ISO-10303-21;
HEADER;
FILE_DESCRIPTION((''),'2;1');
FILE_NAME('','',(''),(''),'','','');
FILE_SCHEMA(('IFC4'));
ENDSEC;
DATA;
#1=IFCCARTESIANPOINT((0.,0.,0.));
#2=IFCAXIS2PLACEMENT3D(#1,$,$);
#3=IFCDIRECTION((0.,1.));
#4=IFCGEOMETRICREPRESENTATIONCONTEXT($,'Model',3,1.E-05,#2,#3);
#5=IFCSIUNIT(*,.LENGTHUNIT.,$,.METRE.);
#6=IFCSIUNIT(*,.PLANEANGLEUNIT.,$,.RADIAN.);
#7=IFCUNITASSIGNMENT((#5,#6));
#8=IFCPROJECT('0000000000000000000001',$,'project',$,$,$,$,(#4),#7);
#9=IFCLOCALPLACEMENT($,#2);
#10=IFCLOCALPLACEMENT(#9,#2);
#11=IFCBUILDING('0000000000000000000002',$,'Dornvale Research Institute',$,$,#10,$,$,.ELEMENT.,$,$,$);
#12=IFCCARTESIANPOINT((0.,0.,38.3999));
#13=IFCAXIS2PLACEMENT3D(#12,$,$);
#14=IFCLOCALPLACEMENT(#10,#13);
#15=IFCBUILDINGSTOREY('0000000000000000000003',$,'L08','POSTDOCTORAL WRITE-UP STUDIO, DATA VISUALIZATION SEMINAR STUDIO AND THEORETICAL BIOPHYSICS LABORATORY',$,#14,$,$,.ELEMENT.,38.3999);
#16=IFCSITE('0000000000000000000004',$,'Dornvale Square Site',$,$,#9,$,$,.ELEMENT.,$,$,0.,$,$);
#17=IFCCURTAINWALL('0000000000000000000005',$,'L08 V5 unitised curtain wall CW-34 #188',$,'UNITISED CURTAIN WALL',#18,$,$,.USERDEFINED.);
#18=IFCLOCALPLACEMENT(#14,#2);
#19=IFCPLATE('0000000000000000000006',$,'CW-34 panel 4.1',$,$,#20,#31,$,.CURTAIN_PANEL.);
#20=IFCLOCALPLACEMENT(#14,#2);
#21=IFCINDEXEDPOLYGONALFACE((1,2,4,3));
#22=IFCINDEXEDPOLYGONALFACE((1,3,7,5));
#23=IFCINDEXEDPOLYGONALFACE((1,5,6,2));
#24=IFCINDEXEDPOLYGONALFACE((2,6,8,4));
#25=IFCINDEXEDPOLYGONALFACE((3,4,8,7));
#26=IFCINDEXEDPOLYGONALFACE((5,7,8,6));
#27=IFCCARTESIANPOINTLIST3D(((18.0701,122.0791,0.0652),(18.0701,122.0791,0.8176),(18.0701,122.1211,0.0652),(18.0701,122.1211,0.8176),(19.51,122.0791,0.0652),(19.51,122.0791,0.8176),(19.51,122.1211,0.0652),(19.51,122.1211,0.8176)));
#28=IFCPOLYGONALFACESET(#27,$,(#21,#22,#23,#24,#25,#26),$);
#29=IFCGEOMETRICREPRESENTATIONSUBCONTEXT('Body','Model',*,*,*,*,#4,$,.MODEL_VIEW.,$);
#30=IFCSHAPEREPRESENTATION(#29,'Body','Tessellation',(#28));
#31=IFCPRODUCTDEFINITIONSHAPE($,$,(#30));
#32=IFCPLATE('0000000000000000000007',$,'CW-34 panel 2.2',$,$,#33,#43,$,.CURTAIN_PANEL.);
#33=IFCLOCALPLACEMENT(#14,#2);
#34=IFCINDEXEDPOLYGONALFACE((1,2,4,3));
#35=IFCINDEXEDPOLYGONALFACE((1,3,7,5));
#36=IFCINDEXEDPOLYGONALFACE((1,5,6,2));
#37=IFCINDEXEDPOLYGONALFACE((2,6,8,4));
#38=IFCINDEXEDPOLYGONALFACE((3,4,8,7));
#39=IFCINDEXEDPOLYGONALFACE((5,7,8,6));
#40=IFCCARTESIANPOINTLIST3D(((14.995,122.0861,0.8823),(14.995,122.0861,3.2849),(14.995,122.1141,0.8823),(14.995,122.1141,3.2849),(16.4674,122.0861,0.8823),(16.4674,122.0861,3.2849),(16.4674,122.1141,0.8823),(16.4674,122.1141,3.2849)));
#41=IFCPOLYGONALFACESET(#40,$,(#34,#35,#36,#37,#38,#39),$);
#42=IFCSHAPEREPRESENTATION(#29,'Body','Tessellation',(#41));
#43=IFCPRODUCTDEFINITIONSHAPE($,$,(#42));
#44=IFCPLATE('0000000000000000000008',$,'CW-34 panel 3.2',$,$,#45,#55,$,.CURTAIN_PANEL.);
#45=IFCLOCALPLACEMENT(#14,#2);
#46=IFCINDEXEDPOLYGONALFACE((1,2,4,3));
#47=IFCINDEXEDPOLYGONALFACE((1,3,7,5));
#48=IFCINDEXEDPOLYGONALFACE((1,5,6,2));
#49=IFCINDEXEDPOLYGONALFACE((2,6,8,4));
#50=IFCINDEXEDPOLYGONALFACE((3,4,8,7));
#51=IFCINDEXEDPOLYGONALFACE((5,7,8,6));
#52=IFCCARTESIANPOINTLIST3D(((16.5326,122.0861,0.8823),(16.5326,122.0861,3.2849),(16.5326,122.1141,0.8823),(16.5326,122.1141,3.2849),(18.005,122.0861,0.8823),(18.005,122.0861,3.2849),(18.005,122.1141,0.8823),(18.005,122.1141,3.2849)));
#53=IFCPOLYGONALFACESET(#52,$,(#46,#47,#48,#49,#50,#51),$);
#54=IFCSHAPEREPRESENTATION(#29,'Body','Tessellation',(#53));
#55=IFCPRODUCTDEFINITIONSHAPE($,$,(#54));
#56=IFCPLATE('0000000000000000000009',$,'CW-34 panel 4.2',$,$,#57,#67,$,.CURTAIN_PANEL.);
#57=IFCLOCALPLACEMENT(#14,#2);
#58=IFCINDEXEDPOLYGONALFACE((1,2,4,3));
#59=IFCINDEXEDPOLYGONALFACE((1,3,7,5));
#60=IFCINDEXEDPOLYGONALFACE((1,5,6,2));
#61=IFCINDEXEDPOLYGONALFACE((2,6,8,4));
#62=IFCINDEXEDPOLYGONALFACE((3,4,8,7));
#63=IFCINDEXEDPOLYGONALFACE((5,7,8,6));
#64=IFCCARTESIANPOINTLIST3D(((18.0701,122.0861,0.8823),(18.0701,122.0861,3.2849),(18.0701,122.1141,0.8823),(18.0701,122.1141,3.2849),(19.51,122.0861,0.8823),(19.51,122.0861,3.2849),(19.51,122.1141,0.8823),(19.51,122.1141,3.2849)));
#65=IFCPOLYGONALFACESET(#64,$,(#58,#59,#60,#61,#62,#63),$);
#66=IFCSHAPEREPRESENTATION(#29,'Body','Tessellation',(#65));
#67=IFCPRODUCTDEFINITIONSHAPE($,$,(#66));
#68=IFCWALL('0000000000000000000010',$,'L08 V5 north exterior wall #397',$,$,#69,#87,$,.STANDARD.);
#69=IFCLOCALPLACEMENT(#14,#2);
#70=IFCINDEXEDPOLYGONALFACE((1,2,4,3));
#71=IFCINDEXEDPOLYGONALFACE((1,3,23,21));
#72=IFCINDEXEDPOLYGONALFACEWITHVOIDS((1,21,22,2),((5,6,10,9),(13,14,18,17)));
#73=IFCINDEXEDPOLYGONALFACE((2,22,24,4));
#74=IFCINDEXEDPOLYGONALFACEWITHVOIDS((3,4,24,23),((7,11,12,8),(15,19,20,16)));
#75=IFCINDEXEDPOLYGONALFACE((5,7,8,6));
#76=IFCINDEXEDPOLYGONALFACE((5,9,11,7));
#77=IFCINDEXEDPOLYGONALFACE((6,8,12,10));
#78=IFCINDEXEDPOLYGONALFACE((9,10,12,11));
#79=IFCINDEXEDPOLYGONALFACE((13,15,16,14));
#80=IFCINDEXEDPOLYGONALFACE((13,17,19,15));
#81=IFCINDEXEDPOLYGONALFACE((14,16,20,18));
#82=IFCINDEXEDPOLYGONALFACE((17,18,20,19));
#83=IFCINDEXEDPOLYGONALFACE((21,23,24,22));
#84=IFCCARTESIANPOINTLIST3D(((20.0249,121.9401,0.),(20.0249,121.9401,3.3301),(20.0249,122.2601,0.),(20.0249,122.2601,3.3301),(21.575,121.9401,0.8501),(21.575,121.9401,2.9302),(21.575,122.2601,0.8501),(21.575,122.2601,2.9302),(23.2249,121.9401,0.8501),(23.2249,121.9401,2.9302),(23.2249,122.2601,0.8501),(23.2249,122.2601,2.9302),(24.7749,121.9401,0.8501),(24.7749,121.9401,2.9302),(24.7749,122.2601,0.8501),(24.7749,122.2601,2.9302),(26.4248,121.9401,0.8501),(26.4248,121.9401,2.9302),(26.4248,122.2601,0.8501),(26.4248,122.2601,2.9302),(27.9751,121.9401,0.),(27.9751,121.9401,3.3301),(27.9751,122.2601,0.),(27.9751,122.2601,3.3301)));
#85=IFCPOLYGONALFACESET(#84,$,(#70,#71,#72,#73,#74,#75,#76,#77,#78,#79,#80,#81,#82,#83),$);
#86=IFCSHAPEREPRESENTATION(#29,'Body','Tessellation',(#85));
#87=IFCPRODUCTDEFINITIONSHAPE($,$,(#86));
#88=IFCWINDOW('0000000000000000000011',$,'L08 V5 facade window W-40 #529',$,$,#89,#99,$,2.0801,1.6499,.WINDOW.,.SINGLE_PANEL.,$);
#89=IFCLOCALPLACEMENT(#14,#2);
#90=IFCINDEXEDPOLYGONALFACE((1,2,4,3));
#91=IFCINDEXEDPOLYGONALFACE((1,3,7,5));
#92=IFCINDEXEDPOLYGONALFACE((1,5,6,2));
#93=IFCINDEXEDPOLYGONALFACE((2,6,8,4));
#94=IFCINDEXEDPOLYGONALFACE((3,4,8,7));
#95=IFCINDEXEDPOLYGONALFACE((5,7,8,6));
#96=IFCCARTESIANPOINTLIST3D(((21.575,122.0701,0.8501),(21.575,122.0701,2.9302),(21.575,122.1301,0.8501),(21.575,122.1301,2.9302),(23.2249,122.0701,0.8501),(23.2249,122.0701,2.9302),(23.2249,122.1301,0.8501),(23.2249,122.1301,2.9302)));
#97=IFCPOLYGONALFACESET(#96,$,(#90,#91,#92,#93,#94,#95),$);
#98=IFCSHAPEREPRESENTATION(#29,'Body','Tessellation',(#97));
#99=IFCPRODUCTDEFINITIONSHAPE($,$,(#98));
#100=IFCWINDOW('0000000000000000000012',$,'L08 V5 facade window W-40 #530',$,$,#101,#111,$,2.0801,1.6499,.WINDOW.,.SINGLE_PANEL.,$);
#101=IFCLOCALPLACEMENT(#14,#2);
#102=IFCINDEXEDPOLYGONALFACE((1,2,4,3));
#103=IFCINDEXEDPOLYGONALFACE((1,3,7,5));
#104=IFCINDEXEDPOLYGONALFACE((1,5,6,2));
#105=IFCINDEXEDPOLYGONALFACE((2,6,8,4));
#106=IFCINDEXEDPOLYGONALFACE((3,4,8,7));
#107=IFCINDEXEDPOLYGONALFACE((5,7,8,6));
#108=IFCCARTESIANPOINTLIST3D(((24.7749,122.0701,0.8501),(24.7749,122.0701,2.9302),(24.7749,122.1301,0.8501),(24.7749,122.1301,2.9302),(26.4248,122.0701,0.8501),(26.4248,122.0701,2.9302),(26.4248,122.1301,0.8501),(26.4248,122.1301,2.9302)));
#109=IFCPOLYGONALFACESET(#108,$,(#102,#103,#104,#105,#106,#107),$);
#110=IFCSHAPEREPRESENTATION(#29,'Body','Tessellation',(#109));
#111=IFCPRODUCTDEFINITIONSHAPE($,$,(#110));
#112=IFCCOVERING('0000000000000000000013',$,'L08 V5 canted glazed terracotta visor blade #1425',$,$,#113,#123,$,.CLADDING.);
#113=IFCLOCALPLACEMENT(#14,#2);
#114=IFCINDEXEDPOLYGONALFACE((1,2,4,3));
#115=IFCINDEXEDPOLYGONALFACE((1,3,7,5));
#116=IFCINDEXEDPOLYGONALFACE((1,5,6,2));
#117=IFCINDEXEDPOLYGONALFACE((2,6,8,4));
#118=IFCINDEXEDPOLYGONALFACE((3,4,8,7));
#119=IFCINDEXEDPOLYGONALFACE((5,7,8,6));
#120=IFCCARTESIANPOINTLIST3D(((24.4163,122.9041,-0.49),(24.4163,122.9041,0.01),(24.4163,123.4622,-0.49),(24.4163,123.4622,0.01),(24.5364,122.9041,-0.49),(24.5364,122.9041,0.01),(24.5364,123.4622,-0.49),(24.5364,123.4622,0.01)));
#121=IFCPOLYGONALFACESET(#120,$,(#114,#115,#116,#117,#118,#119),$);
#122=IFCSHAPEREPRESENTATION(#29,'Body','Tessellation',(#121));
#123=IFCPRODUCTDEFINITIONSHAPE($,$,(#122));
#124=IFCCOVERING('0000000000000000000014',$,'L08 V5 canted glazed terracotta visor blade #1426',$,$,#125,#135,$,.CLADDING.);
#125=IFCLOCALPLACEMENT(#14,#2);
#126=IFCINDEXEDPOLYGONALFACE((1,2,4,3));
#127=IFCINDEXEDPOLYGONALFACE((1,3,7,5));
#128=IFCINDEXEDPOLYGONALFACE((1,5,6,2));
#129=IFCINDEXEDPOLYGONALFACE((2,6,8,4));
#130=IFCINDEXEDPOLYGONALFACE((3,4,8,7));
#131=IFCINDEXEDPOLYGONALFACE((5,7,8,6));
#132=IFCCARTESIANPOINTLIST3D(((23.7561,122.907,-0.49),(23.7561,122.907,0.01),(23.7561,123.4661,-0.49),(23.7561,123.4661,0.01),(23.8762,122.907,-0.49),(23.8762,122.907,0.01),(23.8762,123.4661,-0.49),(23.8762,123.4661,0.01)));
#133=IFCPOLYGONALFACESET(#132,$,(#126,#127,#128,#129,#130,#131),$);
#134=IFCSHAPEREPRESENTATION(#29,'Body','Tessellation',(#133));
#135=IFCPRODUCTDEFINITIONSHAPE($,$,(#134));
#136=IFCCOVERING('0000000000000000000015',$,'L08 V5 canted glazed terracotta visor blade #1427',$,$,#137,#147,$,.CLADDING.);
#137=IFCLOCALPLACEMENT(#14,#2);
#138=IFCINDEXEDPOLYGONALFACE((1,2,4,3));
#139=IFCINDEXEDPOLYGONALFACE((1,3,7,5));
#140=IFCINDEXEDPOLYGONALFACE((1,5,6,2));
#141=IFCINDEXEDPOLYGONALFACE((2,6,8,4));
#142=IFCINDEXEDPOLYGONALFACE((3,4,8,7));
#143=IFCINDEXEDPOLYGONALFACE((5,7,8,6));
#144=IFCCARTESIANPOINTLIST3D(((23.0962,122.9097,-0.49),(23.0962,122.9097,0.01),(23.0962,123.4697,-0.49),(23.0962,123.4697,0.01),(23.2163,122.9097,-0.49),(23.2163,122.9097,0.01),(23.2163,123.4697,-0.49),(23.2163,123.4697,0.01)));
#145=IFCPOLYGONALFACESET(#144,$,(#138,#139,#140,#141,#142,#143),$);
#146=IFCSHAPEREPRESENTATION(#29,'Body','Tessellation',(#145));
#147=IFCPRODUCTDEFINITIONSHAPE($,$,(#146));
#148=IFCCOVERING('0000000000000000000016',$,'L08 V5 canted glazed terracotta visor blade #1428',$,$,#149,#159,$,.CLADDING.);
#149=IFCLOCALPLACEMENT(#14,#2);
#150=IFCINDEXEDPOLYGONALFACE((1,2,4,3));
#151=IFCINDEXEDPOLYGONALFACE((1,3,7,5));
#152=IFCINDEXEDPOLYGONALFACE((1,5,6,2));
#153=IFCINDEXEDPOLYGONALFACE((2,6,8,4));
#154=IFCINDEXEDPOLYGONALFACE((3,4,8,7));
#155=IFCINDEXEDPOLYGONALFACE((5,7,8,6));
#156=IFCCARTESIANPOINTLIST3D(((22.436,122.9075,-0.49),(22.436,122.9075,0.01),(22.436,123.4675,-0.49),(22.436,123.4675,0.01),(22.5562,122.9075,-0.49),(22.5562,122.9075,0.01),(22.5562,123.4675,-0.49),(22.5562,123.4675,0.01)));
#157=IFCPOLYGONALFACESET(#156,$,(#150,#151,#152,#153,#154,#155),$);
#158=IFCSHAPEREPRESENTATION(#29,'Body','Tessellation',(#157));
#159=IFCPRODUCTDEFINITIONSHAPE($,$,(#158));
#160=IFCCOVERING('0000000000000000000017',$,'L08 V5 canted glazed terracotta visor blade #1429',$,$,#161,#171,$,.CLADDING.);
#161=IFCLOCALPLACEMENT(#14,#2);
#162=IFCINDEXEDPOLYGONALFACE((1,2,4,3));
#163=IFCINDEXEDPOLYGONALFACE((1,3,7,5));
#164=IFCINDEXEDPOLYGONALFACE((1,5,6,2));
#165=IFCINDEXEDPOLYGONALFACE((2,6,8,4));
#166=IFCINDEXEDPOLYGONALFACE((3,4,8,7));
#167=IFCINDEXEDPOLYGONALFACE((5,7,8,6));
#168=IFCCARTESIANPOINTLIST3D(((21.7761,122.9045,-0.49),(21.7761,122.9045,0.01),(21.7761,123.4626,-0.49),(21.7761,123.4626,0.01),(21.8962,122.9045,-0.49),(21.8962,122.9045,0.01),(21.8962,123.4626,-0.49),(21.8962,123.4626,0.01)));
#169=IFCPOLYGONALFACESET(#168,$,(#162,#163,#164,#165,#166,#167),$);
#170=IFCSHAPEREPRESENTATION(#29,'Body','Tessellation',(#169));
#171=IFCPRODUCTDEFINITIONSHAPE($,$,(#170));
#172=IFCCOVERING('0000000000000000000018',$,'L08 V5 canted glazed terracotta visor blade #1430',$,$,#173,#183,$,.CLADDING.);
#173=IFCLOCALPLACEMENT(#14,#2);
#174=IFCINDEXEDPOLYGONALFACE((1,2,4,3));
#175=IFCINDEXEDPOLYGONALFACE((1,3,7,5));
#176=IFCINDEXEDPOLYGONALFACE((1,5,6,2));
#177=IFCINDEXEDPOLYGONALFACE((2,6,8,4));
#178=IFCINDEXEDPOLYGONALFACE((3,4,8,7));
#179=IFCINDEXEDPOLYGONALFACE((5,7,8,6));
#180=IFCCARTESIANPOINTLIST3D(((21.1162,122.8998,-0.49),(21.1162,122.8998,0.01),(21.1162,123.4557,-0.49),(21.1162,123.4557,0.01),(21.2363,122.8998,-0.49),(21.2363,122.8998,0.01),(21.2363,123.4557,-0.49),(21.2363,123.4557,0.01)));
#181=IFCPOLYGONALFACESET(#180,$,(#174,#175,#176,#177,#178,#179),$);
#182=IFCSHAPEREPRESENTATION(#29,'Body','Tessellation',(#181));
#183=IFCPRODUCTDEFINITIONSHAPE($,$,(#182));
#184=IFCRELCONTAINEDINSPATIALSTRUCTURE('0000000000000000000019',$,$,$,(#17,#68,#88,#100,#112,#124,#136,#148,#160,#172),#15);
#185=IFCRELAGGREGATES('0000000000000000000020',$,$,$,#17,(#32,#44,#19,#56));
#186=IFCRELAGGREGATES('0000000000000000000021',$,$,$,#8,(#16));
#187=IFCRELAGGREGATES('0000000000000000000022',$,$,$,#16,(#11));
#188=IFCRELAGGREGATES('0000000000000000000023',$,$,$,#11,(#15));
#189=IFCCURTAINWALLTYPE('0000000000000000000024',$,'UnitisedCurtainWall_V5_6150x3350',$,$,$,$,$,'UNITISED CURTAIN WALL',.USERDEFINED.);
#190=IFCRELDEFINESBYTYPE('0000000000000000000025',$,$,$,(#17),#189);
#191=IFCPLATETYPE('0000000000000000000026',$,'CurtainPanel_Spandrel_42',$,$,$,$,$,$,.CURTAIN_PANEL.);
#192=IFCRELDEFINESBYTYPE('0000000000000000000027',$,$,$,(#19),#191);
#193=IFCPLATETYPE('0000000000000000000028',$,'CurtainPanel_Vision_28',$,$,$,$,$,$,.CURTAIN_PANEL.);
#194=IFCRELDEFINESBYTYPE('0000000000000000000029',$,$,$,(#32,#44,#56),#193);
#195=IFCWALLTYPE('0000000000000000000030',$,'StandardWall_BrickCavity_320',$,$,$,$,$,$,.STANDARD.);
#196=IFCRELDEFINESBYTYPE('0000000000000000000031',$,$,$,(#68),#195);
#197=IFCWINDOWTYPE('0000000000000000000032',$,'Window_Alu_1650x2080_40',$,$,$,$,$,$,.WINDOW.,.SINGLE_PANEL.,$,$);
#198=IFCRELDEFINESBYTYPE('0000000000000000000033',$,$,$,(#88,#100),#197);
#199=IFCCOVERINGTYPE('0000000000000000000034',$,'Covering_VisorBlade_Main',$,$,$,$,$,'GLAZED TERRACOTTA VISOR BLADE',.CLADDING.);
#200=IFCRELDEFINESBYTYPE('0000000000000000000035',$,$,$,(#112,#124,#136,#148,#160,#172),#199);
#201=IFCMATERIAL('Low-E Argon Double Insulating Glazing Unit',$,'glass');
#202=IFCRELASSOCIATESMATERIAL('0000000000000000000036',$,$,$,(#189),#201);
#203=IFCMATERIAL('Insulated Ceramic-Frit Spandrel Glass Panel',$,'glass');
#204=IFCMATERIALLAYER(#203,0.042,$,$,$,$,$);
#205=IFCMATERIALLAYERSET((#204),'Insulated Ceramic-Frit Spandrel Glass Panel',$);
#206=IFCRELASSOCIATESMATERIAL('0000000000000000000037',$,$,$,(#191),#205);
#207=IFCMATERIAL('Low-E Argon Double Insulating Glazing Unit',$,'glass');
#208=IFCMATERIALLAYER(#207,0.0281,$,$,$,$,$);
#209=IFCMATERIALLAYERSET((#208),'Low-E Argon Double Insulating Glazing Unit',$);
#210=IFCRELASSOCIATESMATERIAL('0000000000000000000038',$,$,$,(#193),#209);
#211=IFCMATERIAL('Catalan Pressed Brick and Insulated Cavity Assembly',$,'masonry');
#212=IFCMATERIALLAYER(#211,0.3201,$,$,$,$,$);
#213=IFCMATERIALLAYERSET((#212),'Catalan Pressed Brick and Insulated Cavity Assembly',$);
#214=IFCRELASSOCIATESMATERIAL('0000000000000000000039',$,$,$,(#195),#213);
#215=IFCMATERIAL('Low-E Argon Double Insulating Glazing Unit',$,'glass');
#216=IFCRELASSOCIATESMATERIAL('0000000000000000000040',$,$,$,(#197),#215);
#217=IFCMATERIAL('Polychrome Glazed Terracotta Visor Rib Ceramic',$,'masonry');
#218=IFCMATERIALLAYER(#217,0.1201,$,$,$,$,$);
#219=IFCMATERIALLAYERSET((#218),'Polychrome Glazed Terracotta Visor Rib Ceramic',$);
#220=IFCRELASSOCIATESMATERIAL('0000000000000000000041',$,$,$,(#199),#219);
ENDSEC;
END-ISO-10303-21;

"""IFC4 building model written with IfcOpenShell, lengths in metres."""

from ifc_helpers import new_model, si_unit, direction, frame, frame_2d, origin, origin_2d, place, context, subcontext, project, spatial, rectangle, extrude, material, layer, layer_set, type_object, element, fill, aggregate, save


model = new_model("IFC4")

# Units and contexts
model_context = context("Model", 3, precision=1e-05, world=origin(), true_north=direction((0.0, 1.0)))
body_context = subcontext(model_context, "Body", "Model", "MODEL_VIEW")
ifc_project = project(units=[si_unit("LENGTHUNIT", "METRE"), si_unit("PLANEANGLEUNIT", "RADIAN")], contexts=[model_context])

# Site, building, storey
site_placement = place(None, origin())
site = spatial("IfcSite", under=ifc_project, at=site_placement, Name="Dornvale Square Site", CompositionType="ELEMENT", RefElevation=0.0)
building_placement = place(site_placement, origin())
building = spatial("IfcBuilding", under=site, at=building_placement, Name="Dornvale Research Institute", CompositionType="ELEMENT")
storey_placement = place(building_placement, frame((0.0, 0.0, 38.3999)))
storey = spatial("IfcBuildingStorey", under=building, at=storey_placement, Name="L08", Description="POSTDOCTORAL WRITE-UP STUDIO, DATA VISUALIZATION SEMINAR STUDIO AND THEORETICAL BIOPHYSICS LABORATORY", CompositionType="ELEMENT", Elevation=38.3999)

# Curtain wall
ifc_material_1 = material(Name="Low-E Argon Double Insulating Glazing Unit", Category="glass")
curtain_wall_type = type_object("IfcCurtainWallType", Name="UnitisedCurtainWall_V5_6150x3350", ElementType="UNITISED CURTAIN WALL", PredefinedType="USERDEFINED", material=ifc_material_1)
curtain_wall_placement = place(storey_placement, origin())
curtain_wall = element("IfcCurtainWall", 1, at=curtain_wall_placement, inside=storey, type_object=curtain_wall_type, Name="L08 V5 unitised curtain wall CW-34 #188", ObjectType="UNITISED CURTAIN WALL", PredefinedType="USERDEFINED")

# Plates
ifc_material_2 = material(Name="Insulated Ceramic-Frit Spandrel Glass Panel", Category="glass")
ifc_layer_1 = layer(ifc_material_2, 0.042)
ifc_layer_set_1 = layer_set([ifc_layer_1], Name="Insulated Ceramic-Frit Spandrel Glass Panel")
plate_type_1 = type_object("IfcPlateType", Name="CurtainPanel_Spandrel_42", PredefinedType="CURTAIN_PANEL", material=ifc_layer_set_1)
plate_1_placement = place(storey_placement, frame((18.79, 122.1001, 0.0652), z_axis=(0.0, 0.0, 1.0), x_axis=(1.0, 0.0, 0.0)))
plate_1 = element("IfcPlate", 2, at=plate_1_placement, type_object=plate_type_1, Name="CW-34 panel 4.1", PredefinedType="CURTAIN_PANEL", context=body_context, shape_type="SweptSolid", body=[
    extrude(rectangle(XDim=1.4399, YDim=0.042, at=origin_2d()), origin(), (0.0, 0.0, 1.0), 0.7524),
])
ifc_material_3 = material(Name="Low-E Argon Double Insulating Glazing Unit", Category="glass")
ifc_layer_2 = layer(ifc_material_3, 0.0281)
ifc_layer_set_2 = layer_set([ifc_layer_2], Name="Low-E Argon Double Insulating Glazing Unit")
plate_type_2 = type_object("IfcPlateType", Name="CurtainPanel_Vision_28", PredefinedType="CURTAIN_PANEL", material=ifc_layer_set_2)
plate_2_placement = place(storey_placement, frame((15.7312, 122.1001, 0.8823), z_axis=(0.0, 0.0, 1.0), x_axis=(1.0, 0.0, 0.0)))
plate_2 = element("IfcPlate", 3, at=plate_2_placement, type_object=plate_type_2, Name="CW-34 panel 2.2", PredefinedType="CURTAIN_PANEL", context=body_context, shape_type="SweptSolid", body=[
    extrude(rectangle(XDim=1.4724, YDim=0.0281, at=origin_2d()), origin(), (0.0, 0.0, 1.0), 2.4026),
])
plate_3_placement = place(storey_placement, frame((17.2688, 122.1001, 0.8823), z_axis=(0.0, 0.0, 1.0), x_axis=(1.0, 0.0, 0.0)))
plate_3 = element("IfcPlate", 4, at=plate_3_placement, type_object=plate_type_2, Name="CW-34 panel 3.2", PredefinedType="CURTAIN_PANEL", context=body_context, shape_type="SweptSolid", body=[
    extrude(rectangle(XDim=1.4724, YDim=0.0281, at=origin_2d()), origin(), (0.0, 0.0, 1.0), 2.4026),
])
plate_4_placement = place(storey_placement, frame((18.79, 122.1001, 0.8823), z_axis=(0.0, 0.0, 1.0), x_axis=(1.0, 0.0, 0.0)))
plate_4 = element("IfcPlate", 5, at=plate_4_placement, type_object=plate_type_2, Name="CW-34 panel 4.2", PredefinedType="CURTAIN_PANEL", context=body_context, shape_type="SweptSolid", body=[
    extrude(rectangle(XDim=1.4399, YDim=0.0281, at=origin_2d()), origin(), (0.0, 0.0, 1.0), 2.4026),
])
aggregate(curtain_wall, [plate_2, plate_3, plate_1, plate_4])

# Wall, openings, windows
ifc_material_4 = material(Name="Catalan Pressed Brick and Insulated Cavity Assembly", Category="masonry")
ifc_layer_3 = layer(ifc_material_4, 0.3201)
ifc_layer_set_3 = layer_set([ifc_layer_3], Name="Catalan Pressed Brick and Insulated Cavity Assembly")
wall_type = type_object("IfcWallType", Name="StandardWall_BrickCavity_320", PredefinedType="STANDARD", material=ifc_layer_set_3)
wall_placement = place(storey_placement, frame((20.0249, 122.1001, 0.0), z_axis=(0.0, 0.0, 1.0), x_axis=(1.0, 0.0, 0.0)))
wall = element("IfcWall", 6, at=wall_placement, inside=storey, type_object=wall_type, Name="L08 V5 north exterior wall #397", PredefinedType="STANDARD", context=body_context, shape_type="SweptSolid", body=[
    extrude(rectangle(XDim=7.9502, YDim=0.3201, at=frame_2d((3.9751, 0.0))), origin(), (0.0, 0.0, 1.0), 3.3301),
])
opening_1_placement = place(wall_placement, frame((1.55, 0.0, 0.8501)))
opening_1 = element("IfcOpeningElement", 7, at=opening_1_placement, cuts=wall, PredefinedType="OPENING", context=body_context, shape_type="SweptSolid", body=[
    extrude(rectangle(XDim=1.6499, YDim=2.0801, at=frame_2d((0.825, 1.04))), frame((0.0, 0.175, 0.0), z_axis=(0.0, -1.0, 0.0), x_axis=(1.0, 0.0, 0.0)), (0.0, 0.0, 1.0), 0.3501),
])
opening_2_placement = place(wall_placement, frame((4.75, 0.0, 0.8501)))
opening_2 = element("IfcOpeningElement", 8, at=opening_2_placement, cuts=wall, PredefinedType="OPENING", context=body_context, shape_type="SweptSolid", body=[
    extrude(rectangle(XDim=1.6499, YDim=2.0801, at=frame_2d((0.825, 1.04))), frame((0.0, 0.175, 0.0), z_axis=(0.0, -1.0, 0.0), x_axis=(1.0, 0.0, 0.0)), (0.0, 0.0, 1.0), 0.3501),
])
ifc_material_5 = material(Name="Low-E Argon Double Insulating Glazing Unit", Category="glass")
window_type = type_object("IfcWindowType", Name="Window_Alu_1650x2080_40", PartitioningType="SINGLE_PANEL", PredefinedType="WINDOW", material=ifc_material_5)
window_1_placement = place(opening_1_placement, origin())
window_1 = element("IfcWindow", 9, at=window_1_placement, inside=storey, type_object=window_type, Name="L08 V5 facade window W-40 #529", OverallHeight=2.0801, OverallWidth=1.6499, PartitioningType="SINGLE_PANEL", PredefinedType="WINDOW", context=body_context, shape_type="SweptSolid", body=[
    extrude(rectangle(XDim=1.6499, YDim=2.0801, at=frame_2d((0.825, 1.04))), frame((0.0, 0.03, 0.0), z_axis=(0.0, -1.0, 0.0), x_axis=(1.0, 0.0, 0.0)), (0.0, 0.0, 1.0), 0.0601),
])
fill(opening_1, window_1)
window_2_placement = place(opening_2_placement, origin())
window_2 = element("IfcWindow", 10, at=window_2_placement, inside=storey, type_object=window_type, Name="L08 V5 facade window W-40 #530", OverallHeight=2.0801, OverallWidth=1.6499, PartitioningType="SINGLE_PANEL", PredefinedType="WINDOW", context=body_context, shape_type="SweptSolid", body=[
    extrude(rectangle(XDim=1.6499, YDim=2.0801, at=frame_2d((0.825, 1.04))), frame((0.0, 0.03, 0.0), z_axis=(0.0, -1.0, 0.0), x_axis=(1.0, 0.0, 0.0)), (0.0, 0.0, 1.0), 0.0601),
])
fill(opening_2, window_2)

# Coverings
ifc_material_6 = material(Name="Polychrome Glazed Terracotta Visor Rib Ceramic", Category="masonry")
ifc_layer_4 = layer(ifc_material_6, 0.1201)
ifc_layer_set_4 = layer_set([ifc_layer_4], Name="Polychrome Glazed Terracotta Visor Rib Ceramic")
covering_type = type_object("IfcCoveringType", Name="Covering_VisorBlade_Main", ElementType="GLAZED TERRACOTTA VISOR BLADE", PredefinedType="CLADDING", material=ifc_layer_set_4)
covering_1_placement = place(storey_placement, frame((24.4763, 123.1831, -0.49), z_axis=(0.0, 0.0, 1.0), x_axis=(0.0, 1.0, 0.0)))
element("IfcCovering", 11, at=covering_1_placement, inside=storey, type_object=covering_type, Name="L08 V5 canted glazed terracotta visor blade #1425", PredefinedType="CLADDING", context=body_context, shape_type="SweptSolid", body=[
    extrude(rectangle(XDim=0.5581, YDim=0.1201, at=origin_2d()), origin(), (0.0, 0.0, 1.0), 0.5),
])
covering_2_placement = place(storey_placement, frame((23.8162, 123.1865, -0.49), z_axis=(0.0, 0.0, 1.0), x_axis=(0.0, 1.0, 0.0)))
element("IfcCovering", 12, at=covering_2_placement, inside=storey, type_object=covering_type, Name="L08 V5 canted glazed terracotta visor blade #1426", PredefinedType="CLADDING", context=body_context, shape_type="SweptSolid", body=[
    extrude(rectangle(XDim=0.5591, YDim=0.1201, at=origin_2d()), origin(), (0.0, 0.0, 1.0), 0.5),
])
for number, where, z_axis, x_axis, name in (
    (13, (23.1562, 123.1897, -0.49), (0.0, 0.0, 1.0), (0.0, 1.0, 0.0), "L08 V5 canted glazed terracotta visor blade #1427"),
    (14, (22.4961, 123.1875, -0.49), (0.0, 0.0, 1.0), (0.0, 1.0, 0.0), "L08 V5 canted glazed terracotta visor blade #1428"),
):
    element("IfcCovering", number, at=place(storey_placement, frame(where, z_axis=z_axis, x_axis=x_axis)), inside=storey, type_object=covering_type, Name=name, PredefinedType="CLADDING", context=body_context, shape_type="SweptSolid", body=[
        extrude(rectangle(XDim=0.5601, YDim=0.1201, at=origin_2d()), origin(), (0.0, 0.0, 1.0), 0.5),
    ])
covering_3_placement = place(storey_placement, frame((21.8362, 123.1836, -0.49), z_axis=(0.0, 0.0, 1.0), x_axis=(0.0, 1.0, 0.0)))
element("IfcCovering", 15, at=covering_3_placement, inside=storey, type_object=covering_type, Name="L08 V5 canted glazed terracotta visor blade #1429", PredefinedType="CLADDING", context=body_context, shape_type="SweptSolid", body=[
    extrude(rectangle(XDim=0.5581, YDim=0.1201, at=origin_2d()), origin(), (0.0, 0.0, 1.0), 0.5),
])
covering_4_placement = place(storey_placement, frame((21.1763, 123.1777, -0.49), z_axis=(0.0, 0.0, 1.0), x_axis=(0.0, 1.0, 0.0)))
element("IfcCovering", 16, at=covering_4_placement, inside=storey, type_object=covering_type, Name="L08 V5 canted glazed terracotta visor blade #1430", PredefinedType="CLADDING", context=body_context, shape_type="SweptSolid", body=[
    extrude(rectangle(XDim=0.5559, YDim=0.1201, at=origin_2d()), origin(), (0.0, 0.0, 1.0), 0.5),
])

save(model, "model.ifc")
